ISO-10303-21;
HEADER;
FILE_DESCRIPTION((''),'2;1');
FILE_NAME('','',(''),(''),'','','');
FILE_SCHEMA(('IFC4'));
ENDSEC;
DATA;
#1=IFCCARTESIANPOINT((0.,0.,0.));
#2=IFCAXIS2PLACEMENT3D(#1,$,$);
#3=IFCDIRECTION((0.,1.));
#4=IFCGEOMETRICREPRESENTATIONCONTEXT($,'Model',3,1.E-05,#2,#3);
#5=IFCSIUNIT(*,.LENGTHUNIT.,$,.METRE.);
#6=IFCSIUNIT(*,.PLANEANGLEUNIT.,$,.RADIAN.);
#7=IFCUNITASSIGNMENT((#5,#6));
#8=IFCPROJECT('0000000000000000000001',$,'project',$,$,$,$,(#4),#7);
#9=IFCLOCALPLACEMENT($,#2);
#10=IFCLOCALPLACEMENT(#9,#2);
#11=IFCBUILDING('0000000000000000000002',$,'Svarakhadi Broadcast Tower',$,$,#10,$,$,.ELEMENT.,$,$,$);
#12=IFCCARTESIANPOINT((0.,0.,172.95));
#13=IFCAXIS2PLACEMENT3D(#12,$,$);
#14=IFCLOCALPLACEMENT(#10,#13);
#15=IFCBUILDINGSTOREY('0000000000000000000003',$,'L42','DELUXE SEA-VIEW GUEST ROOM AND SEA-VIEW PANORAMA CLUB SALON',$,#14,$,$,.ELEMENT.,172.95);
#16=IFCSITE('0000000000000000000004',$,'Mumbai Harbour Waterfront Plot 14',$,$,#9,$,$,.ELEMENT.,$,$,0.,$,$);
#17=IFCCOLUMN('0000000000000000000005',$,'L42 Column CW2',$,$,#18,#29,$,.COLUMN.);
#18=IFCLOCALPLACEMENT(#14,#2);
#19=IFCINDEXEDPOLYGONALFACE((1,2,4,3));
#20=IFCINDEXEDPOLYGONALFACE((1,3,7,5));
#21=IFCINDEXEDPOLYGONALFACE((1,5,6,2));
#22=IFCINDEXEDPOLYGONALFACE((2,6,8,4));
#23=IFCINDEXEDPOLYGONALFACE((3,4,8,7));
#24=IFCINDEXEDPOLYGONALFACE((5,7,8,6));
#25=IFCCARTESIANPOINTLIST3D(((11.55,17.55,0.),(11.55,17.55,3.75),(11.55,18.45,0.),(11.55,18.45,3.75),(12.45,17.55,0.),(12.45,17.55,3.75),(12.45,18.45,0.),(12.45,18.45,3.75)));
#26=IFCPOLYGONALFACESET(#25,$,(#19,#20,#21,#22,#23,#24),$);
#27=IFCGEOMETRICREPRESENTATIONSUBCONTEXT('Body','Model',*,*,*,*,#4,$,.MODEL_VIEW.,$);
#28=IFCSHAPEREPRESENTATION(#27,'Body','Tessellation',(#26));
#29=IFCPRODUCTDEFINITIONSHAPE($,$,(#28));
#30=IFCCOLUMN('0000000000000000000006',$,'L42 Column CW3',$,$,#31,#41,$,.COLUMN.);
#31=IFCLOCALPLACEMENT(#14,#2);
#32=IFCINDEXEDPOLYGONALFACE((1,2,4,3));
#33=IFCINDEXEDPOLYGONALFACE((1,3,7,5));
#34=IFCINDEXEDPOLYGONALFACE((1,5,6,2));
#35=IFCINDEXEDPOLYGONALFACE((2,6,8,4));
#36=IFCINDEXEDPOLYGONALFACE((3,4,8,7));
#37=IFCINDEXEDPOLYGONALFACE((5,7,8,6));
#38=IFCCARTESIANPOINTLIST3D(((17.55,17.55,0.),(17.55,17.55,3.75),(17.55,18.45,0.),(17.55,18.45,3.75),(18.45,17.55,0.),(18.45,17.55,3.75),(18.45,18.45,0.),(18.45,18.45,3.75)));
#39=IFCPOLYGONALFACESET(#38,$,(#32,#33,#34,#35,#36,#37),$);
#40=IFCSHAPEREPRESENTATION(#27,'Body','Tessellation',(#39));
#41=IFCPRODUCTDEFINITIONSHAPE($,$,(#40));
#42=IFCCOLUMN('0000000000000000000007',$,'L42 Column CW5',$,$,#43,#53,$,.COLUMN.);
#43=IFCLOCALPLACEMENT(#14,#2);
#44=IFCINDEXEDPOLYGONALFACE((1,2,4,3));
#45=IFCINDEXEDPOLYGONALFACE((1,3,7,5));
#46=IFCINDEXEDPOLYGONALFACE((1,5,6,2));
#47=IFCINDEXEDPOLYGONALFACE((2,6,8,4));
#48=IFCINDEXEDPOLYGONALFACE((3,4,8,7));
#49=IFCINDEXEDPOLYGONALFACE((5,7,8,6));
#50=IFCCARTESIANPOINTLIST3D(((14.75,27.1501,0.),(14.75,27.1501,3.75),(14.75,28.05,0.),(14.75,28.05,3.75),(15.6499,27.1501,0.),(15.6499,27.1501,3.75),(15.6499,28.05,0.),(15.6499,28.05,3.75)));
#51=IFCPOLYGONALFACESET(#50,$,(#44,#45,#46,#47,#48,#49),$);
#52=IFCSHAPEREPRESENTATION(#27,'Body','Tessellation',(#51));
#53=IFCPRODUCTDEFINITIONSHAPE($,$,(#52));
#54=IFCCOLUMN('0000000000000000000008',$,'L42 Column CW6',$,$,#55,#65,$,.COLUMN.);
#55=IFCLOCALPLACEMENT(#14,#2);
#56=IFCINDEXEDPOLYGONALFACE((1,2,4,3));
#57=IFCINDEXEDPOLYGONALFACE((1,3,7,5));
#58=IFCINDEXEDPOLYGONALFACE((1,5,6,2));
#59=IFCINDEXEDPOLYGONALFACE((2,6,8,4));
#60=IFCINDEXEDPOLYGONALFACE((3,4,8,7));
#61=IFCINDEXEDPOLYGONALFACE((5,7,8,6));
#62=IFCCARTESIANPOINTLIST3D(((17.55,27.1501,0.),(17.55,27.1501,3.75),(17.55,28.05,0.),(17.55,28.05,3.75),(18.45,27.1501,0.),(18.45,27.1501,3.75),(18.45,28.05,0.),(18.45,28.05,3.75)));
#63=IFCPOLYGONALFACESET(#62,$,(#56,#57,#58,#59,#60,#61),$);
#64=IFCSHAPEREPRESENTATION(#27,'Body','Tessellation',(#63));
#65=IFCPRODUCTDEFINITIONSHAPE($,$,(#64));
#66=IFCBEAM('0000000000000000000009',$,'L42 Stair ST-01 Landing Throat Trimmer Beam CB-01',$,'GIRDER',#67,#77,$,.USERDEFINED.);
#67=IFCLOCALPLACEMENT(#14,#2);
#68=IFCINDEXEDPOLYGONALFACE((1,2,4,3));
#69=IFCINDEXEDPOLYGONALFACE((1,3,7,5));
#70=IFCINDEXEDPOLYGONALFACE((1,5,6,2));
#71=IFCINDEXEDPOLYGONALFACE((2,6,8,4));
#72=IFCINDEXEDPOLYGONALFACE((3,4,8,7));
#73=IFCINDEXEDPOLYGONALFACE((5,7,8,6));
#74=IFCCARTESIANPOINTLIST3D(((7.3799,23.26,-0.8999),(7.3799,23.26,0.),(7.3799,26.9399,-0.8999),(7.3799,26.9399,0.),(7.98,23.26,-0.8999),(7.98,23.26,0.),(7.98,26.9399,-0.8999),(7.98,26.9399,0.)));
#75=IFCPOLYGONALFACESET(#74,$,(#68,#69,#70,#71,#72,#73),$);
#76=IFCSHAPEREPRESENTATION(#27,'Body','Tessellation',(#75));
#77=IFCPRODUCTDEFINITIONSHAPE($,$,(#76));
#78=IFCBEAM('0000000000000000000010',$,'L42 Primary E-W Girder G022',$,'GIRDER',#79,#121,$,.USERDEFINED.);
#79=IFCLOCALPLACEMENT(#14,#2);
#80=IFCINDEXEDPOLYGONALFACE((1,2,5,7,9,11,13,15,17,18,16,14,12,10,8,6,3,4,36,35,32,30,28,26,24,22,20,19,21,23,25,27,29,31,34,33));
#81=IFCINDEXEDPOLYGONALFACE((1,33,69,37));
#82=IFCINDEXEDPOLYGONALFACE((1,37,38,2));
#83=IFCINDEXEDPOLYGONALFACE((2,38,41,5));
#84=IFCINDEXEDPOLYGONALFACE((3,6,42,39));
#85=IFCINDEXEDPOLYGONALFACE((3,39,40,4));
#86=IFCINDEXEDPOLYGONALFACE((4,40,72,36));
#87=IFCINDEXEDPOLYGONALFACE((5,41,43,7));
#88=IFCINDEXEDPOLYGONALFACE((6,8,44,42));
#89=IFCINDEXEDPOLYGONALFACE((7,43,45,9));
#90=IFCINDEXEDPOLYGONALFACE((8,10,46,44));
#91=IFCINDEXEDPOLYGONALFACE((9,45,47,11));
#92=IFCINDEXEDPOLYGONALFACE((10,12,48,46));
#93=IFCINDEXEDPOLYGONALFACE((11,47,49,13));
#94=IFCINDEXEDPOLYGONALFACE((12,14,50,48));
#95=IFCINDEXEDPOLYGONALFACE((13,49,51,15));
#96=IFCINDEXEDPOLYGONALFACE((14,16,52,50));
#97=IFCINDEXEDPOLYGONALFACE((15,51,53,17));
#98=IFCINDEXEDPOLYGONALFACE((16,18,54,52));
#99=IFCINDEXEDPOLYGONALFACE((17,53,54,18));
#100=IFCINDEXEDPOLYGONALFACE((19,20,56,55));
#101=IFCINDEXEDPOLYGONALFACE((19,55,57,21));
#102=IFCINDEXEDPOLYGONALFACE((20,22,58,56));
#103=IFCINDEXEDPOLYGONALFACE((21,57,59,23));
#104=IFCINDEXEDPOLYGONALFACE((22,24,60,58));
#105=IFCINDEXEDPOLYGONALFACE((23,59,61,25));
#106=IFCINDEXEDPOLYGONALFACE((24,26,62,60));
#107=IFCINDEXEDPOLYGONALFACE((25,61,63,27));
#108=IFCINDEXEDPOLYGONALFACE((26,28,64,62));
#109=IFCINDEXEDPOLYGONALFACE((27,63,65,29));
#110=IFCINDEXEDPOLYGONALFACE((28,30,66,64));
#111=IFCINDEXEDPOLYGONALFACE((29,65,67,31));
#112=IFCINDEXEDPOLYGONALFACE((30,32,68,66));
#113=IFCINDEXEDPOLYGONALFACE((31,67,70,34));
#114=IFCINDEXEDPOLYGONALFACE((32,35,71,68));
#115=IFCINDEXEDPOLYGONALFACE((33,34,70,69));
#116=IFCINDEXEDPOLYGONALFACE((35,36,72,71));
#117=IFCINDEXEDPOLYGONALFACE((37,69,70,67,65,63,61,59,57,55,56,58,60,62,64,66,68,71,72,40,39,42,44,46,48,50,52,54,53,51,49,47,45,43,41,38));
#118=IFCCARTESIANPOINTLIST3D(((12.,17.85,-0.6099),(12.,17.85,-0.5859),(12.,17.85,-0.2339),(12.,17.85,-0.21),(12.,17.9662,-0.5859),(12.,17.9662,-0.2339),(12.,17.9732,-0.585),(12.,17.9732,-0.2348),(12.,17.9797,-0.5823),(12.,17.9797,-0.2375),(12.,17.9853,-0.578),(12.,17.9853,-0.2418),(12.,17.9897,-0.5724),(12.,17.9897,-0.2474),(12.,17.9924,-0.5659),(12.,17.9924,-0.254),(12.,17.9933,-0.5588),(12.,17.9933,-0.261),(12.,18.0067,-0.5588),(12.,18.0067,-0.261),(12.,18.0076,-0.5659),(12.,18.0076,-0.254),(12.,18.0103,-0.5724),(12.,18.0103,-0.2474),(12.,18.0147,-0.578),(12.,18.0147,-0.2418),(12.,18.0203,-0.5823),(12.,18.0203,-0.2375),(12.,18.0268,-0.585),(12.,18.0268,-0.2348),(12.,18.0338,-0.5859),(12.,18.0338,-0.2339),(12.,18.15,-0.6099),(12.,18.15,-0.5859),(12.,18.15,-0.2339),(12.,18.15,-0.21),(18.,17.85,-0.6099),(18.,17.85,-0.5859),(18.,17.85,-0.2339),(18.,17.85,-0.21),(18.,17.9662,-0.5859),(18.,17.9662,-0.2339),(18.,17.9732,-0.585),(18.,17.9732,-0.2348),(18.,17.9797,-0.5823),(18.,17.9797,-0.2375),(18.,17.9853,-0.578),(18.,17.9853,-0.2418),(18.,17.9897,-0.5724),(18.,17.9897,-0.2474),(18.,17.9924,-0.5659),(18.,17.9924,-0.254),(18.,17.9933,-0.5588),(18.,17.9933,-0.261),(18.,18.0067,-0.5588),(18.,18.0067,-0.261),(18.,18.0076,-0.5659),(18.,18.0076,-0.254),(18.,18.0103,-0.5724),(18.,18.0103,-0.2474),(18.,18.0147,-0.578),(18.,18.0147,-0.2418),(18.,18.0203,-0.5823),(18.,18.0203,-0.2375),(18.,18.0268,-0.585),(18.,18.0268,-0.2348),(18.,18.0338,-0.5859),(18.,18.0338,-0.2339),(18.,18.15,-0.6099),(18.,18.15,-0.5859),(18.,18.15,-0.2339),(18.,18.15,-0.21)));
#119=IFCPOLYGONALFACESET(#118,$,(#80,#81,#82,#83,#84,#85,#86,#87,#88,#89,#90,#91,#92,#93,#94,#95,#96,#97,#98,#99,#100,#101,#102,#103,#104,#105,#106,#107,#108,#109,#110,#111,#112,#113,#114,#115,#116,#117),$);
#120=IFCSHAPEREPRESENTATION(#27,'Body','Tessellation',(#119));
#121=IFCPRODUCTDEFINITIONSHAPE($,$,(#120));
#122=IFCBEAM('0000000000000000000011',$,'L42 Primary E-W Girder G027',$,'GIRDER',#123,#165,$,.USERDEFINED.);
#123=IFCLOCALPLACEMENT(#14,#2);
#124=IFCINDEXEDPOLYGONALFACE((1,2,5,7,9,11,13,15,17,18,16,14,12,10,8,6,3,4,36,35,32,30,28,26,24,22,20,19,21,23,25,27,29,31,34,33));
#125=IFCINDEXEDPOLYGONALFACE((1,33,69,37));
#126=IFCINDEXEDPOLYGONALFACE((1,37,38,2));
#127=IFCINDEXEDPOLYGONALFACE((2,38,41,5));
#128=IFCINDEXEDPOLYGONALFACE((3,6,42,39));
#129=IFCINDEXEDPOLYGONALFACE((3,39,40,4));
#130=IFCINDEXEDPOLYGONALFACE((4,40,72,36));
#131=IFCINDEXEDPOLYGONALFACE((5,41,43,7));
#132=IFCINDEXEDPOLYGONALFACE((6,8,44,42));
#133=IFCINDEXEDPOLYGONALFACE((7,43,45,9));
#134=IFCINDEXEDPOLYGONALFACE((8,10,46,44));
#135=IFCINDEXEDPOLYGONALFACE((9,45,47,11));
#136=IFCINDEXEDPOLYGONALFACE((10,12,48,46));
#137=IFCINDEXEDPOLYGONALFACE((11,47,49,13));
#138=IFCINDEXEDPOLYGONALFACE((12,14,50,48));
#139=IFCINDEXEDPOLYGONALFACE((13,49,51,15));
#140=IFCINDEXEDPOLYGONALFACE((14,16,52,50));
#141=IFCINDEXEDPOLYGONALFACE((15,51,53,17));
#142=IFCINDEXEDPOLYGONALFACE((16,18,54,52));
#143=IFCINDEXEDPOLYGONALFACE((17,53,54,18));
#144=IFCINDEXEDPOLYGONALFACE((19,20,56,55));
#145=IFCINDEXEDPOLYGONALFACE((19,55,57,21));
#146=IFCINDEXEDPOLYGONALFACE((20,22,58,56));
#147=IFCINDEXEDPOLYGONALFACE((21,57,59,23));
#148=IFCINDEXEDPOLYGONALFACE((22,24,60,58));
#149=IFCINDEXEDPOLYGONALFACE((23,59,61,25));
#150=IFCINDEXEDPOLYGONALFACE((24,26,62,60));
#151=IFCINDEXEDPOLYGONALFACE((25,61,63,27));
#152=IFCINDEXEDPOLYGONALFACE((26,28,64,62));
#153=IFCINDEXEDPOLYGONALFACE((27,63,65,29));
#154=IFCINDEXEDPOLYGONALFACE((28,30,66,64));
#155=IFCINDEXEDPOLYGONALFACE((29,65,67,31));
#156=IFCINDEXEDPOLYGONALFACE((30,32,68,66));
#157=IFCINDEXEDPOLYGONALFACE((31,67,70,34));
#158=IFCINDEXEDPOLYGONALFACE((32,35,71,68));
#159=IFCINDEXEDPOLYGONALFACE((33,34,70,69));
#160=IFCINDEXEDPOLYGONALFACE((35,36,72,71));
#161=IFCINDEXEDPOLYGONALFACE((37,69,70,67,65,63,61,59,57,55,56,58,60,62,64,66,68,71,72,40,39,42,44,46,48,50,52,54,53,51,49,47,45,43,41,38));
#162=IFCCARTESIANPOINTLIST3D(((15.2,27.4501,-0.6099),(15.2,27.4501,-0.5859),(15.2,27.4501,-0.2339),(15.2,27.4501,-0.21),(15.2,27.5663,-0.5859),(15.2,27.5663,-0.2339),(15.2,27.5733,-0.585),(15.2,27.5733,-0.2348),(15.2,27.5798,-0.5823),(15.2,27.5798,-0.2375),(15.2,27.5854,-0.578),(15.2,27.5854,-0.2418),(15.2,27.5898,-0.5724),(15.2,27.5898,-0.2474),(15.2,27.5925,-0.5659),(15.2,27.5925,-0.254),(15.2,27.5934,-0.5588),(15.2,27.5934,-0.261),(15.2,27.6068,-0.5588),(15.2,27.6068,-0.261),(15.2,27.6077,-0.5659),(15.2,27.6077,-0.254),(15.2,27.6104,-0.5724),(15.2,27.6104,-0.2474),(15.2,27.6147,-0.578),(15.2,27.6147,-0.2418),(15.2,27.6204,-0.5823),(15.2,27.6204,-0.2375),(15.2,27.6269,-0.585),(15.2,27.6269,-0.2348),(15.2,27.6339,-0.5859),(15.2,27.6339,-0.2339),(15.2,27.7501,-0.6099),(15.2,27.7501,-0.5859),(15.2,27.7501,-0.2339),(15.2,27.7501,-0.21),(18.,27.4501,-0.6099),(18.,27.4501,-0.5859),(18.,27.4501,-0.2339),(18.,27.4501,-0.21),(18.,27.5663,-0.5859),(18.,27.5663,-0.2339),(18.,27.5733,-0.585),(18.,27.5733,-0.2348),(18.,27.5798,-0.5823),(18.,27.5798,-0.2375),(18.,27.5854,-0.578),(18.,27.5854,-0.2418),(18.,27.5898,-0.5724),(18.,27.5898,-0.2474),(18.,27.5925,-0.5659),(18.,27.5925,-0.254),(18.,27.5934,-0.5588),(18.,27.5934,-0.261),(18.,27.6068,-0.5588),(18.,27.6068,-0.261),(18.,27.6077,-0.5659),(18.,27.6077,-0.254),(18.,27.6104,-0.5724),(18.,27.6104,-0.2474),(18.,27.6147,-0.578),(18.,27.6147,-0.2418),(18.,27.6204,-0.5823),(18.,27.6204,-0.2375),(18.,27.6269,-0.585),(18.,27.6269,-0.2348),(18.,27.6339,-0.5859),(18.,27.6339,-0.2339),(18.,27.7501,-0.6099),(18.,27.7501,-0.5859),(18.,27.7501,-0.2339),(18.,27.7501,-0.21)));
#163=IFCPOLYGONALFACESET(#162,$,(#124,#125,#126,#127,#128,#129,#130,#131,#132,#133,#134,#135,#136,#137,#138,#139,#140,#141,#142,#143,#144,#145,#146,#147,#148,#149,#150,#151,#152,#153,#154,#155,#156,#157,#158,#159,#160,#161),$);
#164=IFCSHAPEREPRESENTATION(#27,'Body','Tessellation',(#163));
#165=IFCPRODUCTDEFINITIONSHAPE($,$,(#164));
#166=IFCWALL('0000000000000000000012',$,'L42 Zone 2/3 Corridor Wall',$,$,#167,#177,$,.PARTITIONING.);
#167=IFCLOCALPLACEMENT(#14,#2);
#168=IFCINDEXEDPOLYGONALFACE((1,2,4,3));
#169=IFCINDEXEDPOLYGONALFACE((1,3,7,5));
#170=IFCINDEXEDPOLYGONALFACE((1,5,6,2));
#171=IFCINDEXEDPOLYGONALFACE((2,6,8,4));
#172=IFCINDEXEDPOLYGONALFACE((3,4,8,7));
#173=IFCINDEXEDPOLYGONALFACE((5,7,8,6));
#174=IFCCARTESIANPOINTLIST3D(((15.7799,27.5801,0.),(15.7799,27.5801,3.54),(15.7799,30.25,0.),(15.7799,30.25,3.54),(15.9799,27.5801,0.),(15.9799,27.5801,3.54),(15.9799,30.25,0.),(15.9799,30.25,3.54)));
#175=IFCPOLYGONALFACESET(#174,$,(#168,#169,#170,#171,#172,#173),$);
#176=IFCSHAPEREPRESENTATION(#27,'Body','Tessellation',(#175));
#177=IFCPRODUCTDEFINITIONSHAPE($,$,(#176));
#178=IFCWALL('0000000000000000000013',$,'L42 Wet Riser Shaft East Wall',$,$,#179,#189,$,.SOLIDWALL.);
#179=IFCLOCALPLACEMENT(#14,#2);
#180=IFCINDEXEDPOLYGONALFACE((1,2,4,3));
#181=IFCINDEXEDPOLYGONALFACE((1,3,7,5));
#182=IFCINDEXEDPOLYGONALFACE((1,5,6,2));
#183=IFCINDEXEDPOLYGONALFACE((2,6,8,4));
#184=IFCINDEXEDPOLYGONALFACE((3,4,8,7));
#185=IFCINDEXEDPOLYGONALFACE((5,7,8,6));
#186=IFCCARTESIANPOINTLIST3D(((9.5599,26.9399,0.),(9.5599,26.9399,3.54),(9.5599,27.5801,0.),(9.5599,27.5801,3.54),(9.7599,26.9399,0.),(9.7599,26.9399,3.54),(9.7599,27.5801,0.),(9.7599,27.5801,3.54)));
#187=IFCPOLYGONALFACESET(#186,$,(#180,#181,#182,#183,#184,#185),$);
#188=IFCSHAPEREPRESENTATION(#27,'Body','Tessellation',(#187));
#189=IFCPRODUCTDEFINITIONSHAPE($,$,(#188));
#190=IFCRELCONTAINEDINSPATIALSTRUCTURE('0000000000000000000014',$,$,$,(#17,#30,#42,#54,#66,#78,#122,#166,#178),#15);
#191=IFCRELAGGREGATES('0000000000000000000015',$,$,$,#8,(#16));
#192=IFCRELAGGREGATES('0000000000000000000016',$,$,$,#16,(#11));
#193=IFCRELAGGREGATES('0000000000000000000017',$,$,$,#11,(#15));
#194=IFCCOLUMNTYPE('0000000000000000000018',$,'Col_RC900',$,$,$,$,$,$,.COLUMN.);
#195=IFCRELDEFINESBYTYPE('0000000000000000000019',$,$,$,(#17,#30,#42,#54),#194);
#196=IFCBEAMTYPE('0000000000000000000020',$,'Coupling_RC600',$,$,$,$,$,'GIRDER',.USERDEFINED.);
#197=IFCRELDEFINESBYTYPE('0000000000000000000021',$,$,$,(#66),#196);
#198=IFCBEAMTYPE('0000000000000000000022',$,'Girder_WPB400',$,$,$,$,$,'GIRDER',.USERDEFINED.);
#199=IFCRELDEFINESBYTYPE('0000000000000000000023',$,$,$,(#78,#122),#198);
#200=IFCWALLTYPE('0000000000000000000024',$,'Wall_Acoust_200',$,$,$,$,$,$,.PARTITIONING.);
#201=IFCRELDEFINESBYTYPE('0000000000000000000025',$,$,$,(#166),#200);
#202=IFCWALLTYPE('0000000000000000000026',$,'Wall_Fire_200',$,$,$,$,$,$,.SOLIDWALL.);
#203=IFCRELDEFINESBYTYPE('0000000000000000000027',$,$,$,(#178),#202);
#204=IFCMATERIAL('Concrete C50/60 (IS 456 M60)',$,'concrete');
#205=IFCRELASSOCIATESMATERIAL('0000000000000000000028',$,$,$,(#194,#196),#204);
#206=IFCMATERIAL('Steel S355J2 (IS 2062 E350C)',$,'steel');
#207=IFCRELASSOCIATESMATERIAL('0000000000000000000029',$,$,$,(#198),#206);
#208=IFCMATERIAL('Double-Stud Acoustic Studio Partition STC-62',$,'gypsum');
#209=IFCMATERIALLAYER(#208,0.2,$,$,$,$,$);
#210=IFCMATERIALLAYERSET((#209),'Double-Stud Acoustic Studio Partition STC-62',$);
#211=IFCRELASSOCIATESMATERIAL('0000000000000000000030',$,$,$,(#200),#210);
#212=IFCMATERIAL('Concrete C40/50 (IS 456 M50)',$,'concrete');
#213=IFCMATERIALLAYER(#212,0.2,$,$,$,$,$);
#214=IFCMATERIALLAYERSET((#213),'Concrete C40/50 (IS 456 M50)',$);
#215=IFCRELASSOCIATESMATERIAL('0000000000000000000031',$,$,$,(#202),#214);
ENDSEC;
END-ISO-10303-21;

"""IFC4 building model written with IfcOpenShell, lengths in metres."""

from ifc_helpers import new_model, si_unit, direction, frame, frame_2d, origin, origin_2d, place, context, subcontext, project, spatial, rectangle, i_section, extrude, material, layer, layer_set, material_profile, profile_set, type_object, element, save


model = new_model("IFC4")

# Units and contexts
model_context = context("Model", 3, precision=1e-05, world=origin(), true_north=direction((0.0, 1.0)))
body_context = subcontext(model_context, "Body", "Model", "MODEL_VIEW")
ifc_project = project(units=[si_unit("LENGTHUNIT", "METRE"), si_unit("PLANEANGLEUNIT", "RADIAN")], contexts=[model_context])

# Site, building, storey
site_placement = place(None, origin())
site = spatial("IfcSite", under=ifc_project, at=site_placement, Name="Mumbai Harbour Waterfront Plot 14", CompositionType="ELEMENT", RefElevation=0.0)
building_placement = place(site_placement, origin())
building = spatial("IfcBuilding", under=site, at=building_placement, Name="Svarakhadi Broadcast Tower", CompositionType="ELEMENT")
storey_placement = place(building_placement, frame((0.0, 0.0, 172.95)))
storey = spatial("IfcBuildingStorey", under=building, at=storey_placement, Name="L42", Description="DELUXE SEA-VIEW GUEST ROOM AND SEA-VIEW PANORAMA CLUB SALON", CompositionType="ELEMENT", Elevation=172.95)

# Columns
ifc_material_1 = material(Name="Concrete C50/60 (IS 456 M60)", Category="concrete")
ifc_material_profile_1 = material_profile(ifc_material_1, rectangle(XDim=0.8999, YDim=0.8999, at=origin_2d()), Name="RC 900x900")
ifc_profile_set_1 = profile_set([ifc_material_profile_1], Name="Concrete C50/60 (IS 456 M60)")
column_type = type_object("IfcColumnType", Name="Col_RC900", PredefinedType="COLUMN", material=ifc_profile_set_1)
for number, where, z_axis, x_axis, name in (
    (1, (12.0, 18.0, 0.0), (0.0, 0.0, 1.0), (1.0, 0.0, 0.0), "L42 Column CW2"),
    (2, (18.0, 18.0, 0.0), (0.0, 0.0, 1.0), (1.0, 0.0, 0.0), "L42 Column CW3"),
    (3, (15.2, 27.6001, 0.0), (0.0, 0.0, 1.0), (1.0, 0.0, 0.0), "L42 Column CW5"),
    (4, (18.0, 27.6001, 0.0), (0.0, 0.0, 1.0), (1.0, 0.0, 0.0), "L42 Column CW6"),
):
    element("IfcColumn", number, at=place(storey_placement, frame(where, z_axis=z_axis, x_axis=x_axis)), inside=storey, type_object=column_type, Name=name, PredefinedType="COLUMN", context=body_context, shape_type="SweptSolid", body=[
        extrude(rectangle(XDim=0.8999, YDim=0.8999, at=origin_2d()), origin(), (0.0, 0.0, 1.0), 3.75),
    ])

# Beams
ifc_material_profile_2 = material_profile(ifc_material_1, rectangle(XDim=0.6001, YDim=0.8999, at=origin_2d()), Name="RC 600x900")
ifc_profile_set_2 = profile_set([ifc_material_profile_2], Name="Concrete C50/60 (IS 456 M60)")
beam_type_1 = type_object("IfcBeamType", Name="Coupling_RC600", ElementType="GIRDER", PredefinedType="USERDEFINED", material=ifc_profile_set_2)
beam_1_placement = place(storey_placement, frame((7.6799, 23.26, -0.45), z_axis=(0.0, 1.0, 0.0), x_axis=(-1.0, 0.0, 0.0)))
element("IfcBeam", 5, at=beam_1_placement, inside=storey, type_object=beam_type_1, Name="L42 Stair ST-01 Landing Throat Trimmer Beam CB-01", ObjectType="GIRDER", PredefinedType="USERDEFINED", context=body_context, shape_type="SweptSolid", body=[
    extrude(rectangle(XDim=0.6001, YDim=0.8999, at=origin_2d()), origin(), (0.0, 0.0, 1.0), 3.6799),
])
ifc_material_2 = material(Name="Steel S355J2 (IS 2062 E350C)", Category="steel")
ifc_material_profile_3 = material_profile(ifc_material_2, i_section(OverallWidth=0.3, OverallDepth=0.3999, WebThickness=0.0134, FlangeThickness=0.0239, FilletRadius=0.0271, at=origin_2d()), Name="WPB 400x300x155")
ifc_profile_set_3 = profile_set([ifc_material_profile_3], Name="Steel S355J2 (IS 2062 E350C)")
beam_type_2 = type_object("IfcBeamType", Name="Girder_WPB400", ElementType="GIRDER", PredefinedType="USERDEFINED", material=ifc_profile_set_3)
beam_2_placement = place(storey_placement, frame((12.0, 18.0, -0.4099), z_axis=(1.0, 0.0, 0.0), x_axis=(0.0, 1.0, 0.0)))
element("IfcBeam", 6, at=beam_2_placement, inside=storey, type_object=beam_type_2, Name="L42 Primary E-W Girder G022", ObjectType="GIRDER", PredefinedType="USERDEFINED", context=body_context, shape_type="SweptSolid", body=[
    extrude(i_section(OverallWidth=0.3, OverallDepth=0.3999, WebThickness=0.0134, FlangeThickness=0.0239, FilletRadius=0.0271, at=origin_2d()), origin(), (0.0, 0.0, 1.0), 6.0),
])
beam_3_placement = place(storey_placement, frame((15.2, 27.6001, -0.4099), z_axis=(1.0, 0.0, 0.0), x_axis=(0.0, 1.0, 0.0)))
element("IfcBeam", 7, at=beam_3_placement, inside=storey, type_object=beam_type_2, Name="L42 Primary E-W Girder G027", ObjectType="GIRDER", PredefinedType="USERDEFINED", context=body_context, shape_type="SweptSolid", body=[
    extrude(i_section(OverallWidth=0.3, OverallDepth=0.3999, WebThickness=0.0134, FlangeThickness=0.0239, FilletRadius=0.0271, at=origin_2d()), origin(), (0.0, 0.0, 1.0), 2.8),
])

# Walls
ifc_material_3 = material(Name="Double-Stud Acoustic Studio Partition STC-62", Category="gypsum")
ifc_layer_1 = layer(ifc_material_3, 0.2)
ifc_layer_set_1 = layer_set([ifc_layer_1], Name="Double-Stud Acoustic Studio Partition STC-62")
wall_type_1 = type_object("IfcWallType", Name="Wall_Acoust_200", PredefinedType="PARTITIONING", material=ifc_layer_set_1)
wall_1_placement = place(storey_placement, frame((15.8799, 27.5801, 0.0), z_axis=(0.0, 0.0, 1.0), x_axis=(0.0, 1.0, 0.0)))
element("IfcWall", 8, at=wall_1_placement, inside=storey, type_object=wall_type_1, Name="L42 Zone 2/3 Corridor Wall", PredefinedType="PARTITIONING", context=body_context, shape_type="SweptSolid", body=[
    extrude(rectangle(XDim=2.6699, YDim=0.2, at=frame_2d((1.335, 0.0))), origin(), (0.0, 0.0, 1.0), 3.54),
])
ifc_material_4 = material(Name="Concrete C40/50 (IS 456 M50)", Category="concrete")
ifc_layer_2 = layer(ifc_material_4, 0.2)
ifc_layer_set_2 = layer_set([ifc_layer_2], Name="Concrete C40/50 (IS 456 M50)")
wall_type_2 = type_object("IfcWallType", Name="Wall_Fire_200", PredefinedType="SOLIDWALL", material=ifc_layer_set_2)
wall_2_placement = place(storey_placement, frame((9.6599, 26.9399, 0.0), z_axis=(0.0, 0.0, 1.0), x_axis=(0.0, 1.0, 0.0)))
element("IfcWall", 9, at=wall_2_placement, inside=storey, type_object=wall_type_2, Name="L42 Wet Riser Shaft East Wall", PredefinedType="SOLIDWALL", context=body_context, shape_type="SweptSolid", body=[
    extrude(rectangle(XDim=0.6401, YDim=0.2, at=frame_2d((0.3201, 0.0))), origin(), (0.0, 0.0, 1.0), 3.54),
])

save(model, "model.ifc")
